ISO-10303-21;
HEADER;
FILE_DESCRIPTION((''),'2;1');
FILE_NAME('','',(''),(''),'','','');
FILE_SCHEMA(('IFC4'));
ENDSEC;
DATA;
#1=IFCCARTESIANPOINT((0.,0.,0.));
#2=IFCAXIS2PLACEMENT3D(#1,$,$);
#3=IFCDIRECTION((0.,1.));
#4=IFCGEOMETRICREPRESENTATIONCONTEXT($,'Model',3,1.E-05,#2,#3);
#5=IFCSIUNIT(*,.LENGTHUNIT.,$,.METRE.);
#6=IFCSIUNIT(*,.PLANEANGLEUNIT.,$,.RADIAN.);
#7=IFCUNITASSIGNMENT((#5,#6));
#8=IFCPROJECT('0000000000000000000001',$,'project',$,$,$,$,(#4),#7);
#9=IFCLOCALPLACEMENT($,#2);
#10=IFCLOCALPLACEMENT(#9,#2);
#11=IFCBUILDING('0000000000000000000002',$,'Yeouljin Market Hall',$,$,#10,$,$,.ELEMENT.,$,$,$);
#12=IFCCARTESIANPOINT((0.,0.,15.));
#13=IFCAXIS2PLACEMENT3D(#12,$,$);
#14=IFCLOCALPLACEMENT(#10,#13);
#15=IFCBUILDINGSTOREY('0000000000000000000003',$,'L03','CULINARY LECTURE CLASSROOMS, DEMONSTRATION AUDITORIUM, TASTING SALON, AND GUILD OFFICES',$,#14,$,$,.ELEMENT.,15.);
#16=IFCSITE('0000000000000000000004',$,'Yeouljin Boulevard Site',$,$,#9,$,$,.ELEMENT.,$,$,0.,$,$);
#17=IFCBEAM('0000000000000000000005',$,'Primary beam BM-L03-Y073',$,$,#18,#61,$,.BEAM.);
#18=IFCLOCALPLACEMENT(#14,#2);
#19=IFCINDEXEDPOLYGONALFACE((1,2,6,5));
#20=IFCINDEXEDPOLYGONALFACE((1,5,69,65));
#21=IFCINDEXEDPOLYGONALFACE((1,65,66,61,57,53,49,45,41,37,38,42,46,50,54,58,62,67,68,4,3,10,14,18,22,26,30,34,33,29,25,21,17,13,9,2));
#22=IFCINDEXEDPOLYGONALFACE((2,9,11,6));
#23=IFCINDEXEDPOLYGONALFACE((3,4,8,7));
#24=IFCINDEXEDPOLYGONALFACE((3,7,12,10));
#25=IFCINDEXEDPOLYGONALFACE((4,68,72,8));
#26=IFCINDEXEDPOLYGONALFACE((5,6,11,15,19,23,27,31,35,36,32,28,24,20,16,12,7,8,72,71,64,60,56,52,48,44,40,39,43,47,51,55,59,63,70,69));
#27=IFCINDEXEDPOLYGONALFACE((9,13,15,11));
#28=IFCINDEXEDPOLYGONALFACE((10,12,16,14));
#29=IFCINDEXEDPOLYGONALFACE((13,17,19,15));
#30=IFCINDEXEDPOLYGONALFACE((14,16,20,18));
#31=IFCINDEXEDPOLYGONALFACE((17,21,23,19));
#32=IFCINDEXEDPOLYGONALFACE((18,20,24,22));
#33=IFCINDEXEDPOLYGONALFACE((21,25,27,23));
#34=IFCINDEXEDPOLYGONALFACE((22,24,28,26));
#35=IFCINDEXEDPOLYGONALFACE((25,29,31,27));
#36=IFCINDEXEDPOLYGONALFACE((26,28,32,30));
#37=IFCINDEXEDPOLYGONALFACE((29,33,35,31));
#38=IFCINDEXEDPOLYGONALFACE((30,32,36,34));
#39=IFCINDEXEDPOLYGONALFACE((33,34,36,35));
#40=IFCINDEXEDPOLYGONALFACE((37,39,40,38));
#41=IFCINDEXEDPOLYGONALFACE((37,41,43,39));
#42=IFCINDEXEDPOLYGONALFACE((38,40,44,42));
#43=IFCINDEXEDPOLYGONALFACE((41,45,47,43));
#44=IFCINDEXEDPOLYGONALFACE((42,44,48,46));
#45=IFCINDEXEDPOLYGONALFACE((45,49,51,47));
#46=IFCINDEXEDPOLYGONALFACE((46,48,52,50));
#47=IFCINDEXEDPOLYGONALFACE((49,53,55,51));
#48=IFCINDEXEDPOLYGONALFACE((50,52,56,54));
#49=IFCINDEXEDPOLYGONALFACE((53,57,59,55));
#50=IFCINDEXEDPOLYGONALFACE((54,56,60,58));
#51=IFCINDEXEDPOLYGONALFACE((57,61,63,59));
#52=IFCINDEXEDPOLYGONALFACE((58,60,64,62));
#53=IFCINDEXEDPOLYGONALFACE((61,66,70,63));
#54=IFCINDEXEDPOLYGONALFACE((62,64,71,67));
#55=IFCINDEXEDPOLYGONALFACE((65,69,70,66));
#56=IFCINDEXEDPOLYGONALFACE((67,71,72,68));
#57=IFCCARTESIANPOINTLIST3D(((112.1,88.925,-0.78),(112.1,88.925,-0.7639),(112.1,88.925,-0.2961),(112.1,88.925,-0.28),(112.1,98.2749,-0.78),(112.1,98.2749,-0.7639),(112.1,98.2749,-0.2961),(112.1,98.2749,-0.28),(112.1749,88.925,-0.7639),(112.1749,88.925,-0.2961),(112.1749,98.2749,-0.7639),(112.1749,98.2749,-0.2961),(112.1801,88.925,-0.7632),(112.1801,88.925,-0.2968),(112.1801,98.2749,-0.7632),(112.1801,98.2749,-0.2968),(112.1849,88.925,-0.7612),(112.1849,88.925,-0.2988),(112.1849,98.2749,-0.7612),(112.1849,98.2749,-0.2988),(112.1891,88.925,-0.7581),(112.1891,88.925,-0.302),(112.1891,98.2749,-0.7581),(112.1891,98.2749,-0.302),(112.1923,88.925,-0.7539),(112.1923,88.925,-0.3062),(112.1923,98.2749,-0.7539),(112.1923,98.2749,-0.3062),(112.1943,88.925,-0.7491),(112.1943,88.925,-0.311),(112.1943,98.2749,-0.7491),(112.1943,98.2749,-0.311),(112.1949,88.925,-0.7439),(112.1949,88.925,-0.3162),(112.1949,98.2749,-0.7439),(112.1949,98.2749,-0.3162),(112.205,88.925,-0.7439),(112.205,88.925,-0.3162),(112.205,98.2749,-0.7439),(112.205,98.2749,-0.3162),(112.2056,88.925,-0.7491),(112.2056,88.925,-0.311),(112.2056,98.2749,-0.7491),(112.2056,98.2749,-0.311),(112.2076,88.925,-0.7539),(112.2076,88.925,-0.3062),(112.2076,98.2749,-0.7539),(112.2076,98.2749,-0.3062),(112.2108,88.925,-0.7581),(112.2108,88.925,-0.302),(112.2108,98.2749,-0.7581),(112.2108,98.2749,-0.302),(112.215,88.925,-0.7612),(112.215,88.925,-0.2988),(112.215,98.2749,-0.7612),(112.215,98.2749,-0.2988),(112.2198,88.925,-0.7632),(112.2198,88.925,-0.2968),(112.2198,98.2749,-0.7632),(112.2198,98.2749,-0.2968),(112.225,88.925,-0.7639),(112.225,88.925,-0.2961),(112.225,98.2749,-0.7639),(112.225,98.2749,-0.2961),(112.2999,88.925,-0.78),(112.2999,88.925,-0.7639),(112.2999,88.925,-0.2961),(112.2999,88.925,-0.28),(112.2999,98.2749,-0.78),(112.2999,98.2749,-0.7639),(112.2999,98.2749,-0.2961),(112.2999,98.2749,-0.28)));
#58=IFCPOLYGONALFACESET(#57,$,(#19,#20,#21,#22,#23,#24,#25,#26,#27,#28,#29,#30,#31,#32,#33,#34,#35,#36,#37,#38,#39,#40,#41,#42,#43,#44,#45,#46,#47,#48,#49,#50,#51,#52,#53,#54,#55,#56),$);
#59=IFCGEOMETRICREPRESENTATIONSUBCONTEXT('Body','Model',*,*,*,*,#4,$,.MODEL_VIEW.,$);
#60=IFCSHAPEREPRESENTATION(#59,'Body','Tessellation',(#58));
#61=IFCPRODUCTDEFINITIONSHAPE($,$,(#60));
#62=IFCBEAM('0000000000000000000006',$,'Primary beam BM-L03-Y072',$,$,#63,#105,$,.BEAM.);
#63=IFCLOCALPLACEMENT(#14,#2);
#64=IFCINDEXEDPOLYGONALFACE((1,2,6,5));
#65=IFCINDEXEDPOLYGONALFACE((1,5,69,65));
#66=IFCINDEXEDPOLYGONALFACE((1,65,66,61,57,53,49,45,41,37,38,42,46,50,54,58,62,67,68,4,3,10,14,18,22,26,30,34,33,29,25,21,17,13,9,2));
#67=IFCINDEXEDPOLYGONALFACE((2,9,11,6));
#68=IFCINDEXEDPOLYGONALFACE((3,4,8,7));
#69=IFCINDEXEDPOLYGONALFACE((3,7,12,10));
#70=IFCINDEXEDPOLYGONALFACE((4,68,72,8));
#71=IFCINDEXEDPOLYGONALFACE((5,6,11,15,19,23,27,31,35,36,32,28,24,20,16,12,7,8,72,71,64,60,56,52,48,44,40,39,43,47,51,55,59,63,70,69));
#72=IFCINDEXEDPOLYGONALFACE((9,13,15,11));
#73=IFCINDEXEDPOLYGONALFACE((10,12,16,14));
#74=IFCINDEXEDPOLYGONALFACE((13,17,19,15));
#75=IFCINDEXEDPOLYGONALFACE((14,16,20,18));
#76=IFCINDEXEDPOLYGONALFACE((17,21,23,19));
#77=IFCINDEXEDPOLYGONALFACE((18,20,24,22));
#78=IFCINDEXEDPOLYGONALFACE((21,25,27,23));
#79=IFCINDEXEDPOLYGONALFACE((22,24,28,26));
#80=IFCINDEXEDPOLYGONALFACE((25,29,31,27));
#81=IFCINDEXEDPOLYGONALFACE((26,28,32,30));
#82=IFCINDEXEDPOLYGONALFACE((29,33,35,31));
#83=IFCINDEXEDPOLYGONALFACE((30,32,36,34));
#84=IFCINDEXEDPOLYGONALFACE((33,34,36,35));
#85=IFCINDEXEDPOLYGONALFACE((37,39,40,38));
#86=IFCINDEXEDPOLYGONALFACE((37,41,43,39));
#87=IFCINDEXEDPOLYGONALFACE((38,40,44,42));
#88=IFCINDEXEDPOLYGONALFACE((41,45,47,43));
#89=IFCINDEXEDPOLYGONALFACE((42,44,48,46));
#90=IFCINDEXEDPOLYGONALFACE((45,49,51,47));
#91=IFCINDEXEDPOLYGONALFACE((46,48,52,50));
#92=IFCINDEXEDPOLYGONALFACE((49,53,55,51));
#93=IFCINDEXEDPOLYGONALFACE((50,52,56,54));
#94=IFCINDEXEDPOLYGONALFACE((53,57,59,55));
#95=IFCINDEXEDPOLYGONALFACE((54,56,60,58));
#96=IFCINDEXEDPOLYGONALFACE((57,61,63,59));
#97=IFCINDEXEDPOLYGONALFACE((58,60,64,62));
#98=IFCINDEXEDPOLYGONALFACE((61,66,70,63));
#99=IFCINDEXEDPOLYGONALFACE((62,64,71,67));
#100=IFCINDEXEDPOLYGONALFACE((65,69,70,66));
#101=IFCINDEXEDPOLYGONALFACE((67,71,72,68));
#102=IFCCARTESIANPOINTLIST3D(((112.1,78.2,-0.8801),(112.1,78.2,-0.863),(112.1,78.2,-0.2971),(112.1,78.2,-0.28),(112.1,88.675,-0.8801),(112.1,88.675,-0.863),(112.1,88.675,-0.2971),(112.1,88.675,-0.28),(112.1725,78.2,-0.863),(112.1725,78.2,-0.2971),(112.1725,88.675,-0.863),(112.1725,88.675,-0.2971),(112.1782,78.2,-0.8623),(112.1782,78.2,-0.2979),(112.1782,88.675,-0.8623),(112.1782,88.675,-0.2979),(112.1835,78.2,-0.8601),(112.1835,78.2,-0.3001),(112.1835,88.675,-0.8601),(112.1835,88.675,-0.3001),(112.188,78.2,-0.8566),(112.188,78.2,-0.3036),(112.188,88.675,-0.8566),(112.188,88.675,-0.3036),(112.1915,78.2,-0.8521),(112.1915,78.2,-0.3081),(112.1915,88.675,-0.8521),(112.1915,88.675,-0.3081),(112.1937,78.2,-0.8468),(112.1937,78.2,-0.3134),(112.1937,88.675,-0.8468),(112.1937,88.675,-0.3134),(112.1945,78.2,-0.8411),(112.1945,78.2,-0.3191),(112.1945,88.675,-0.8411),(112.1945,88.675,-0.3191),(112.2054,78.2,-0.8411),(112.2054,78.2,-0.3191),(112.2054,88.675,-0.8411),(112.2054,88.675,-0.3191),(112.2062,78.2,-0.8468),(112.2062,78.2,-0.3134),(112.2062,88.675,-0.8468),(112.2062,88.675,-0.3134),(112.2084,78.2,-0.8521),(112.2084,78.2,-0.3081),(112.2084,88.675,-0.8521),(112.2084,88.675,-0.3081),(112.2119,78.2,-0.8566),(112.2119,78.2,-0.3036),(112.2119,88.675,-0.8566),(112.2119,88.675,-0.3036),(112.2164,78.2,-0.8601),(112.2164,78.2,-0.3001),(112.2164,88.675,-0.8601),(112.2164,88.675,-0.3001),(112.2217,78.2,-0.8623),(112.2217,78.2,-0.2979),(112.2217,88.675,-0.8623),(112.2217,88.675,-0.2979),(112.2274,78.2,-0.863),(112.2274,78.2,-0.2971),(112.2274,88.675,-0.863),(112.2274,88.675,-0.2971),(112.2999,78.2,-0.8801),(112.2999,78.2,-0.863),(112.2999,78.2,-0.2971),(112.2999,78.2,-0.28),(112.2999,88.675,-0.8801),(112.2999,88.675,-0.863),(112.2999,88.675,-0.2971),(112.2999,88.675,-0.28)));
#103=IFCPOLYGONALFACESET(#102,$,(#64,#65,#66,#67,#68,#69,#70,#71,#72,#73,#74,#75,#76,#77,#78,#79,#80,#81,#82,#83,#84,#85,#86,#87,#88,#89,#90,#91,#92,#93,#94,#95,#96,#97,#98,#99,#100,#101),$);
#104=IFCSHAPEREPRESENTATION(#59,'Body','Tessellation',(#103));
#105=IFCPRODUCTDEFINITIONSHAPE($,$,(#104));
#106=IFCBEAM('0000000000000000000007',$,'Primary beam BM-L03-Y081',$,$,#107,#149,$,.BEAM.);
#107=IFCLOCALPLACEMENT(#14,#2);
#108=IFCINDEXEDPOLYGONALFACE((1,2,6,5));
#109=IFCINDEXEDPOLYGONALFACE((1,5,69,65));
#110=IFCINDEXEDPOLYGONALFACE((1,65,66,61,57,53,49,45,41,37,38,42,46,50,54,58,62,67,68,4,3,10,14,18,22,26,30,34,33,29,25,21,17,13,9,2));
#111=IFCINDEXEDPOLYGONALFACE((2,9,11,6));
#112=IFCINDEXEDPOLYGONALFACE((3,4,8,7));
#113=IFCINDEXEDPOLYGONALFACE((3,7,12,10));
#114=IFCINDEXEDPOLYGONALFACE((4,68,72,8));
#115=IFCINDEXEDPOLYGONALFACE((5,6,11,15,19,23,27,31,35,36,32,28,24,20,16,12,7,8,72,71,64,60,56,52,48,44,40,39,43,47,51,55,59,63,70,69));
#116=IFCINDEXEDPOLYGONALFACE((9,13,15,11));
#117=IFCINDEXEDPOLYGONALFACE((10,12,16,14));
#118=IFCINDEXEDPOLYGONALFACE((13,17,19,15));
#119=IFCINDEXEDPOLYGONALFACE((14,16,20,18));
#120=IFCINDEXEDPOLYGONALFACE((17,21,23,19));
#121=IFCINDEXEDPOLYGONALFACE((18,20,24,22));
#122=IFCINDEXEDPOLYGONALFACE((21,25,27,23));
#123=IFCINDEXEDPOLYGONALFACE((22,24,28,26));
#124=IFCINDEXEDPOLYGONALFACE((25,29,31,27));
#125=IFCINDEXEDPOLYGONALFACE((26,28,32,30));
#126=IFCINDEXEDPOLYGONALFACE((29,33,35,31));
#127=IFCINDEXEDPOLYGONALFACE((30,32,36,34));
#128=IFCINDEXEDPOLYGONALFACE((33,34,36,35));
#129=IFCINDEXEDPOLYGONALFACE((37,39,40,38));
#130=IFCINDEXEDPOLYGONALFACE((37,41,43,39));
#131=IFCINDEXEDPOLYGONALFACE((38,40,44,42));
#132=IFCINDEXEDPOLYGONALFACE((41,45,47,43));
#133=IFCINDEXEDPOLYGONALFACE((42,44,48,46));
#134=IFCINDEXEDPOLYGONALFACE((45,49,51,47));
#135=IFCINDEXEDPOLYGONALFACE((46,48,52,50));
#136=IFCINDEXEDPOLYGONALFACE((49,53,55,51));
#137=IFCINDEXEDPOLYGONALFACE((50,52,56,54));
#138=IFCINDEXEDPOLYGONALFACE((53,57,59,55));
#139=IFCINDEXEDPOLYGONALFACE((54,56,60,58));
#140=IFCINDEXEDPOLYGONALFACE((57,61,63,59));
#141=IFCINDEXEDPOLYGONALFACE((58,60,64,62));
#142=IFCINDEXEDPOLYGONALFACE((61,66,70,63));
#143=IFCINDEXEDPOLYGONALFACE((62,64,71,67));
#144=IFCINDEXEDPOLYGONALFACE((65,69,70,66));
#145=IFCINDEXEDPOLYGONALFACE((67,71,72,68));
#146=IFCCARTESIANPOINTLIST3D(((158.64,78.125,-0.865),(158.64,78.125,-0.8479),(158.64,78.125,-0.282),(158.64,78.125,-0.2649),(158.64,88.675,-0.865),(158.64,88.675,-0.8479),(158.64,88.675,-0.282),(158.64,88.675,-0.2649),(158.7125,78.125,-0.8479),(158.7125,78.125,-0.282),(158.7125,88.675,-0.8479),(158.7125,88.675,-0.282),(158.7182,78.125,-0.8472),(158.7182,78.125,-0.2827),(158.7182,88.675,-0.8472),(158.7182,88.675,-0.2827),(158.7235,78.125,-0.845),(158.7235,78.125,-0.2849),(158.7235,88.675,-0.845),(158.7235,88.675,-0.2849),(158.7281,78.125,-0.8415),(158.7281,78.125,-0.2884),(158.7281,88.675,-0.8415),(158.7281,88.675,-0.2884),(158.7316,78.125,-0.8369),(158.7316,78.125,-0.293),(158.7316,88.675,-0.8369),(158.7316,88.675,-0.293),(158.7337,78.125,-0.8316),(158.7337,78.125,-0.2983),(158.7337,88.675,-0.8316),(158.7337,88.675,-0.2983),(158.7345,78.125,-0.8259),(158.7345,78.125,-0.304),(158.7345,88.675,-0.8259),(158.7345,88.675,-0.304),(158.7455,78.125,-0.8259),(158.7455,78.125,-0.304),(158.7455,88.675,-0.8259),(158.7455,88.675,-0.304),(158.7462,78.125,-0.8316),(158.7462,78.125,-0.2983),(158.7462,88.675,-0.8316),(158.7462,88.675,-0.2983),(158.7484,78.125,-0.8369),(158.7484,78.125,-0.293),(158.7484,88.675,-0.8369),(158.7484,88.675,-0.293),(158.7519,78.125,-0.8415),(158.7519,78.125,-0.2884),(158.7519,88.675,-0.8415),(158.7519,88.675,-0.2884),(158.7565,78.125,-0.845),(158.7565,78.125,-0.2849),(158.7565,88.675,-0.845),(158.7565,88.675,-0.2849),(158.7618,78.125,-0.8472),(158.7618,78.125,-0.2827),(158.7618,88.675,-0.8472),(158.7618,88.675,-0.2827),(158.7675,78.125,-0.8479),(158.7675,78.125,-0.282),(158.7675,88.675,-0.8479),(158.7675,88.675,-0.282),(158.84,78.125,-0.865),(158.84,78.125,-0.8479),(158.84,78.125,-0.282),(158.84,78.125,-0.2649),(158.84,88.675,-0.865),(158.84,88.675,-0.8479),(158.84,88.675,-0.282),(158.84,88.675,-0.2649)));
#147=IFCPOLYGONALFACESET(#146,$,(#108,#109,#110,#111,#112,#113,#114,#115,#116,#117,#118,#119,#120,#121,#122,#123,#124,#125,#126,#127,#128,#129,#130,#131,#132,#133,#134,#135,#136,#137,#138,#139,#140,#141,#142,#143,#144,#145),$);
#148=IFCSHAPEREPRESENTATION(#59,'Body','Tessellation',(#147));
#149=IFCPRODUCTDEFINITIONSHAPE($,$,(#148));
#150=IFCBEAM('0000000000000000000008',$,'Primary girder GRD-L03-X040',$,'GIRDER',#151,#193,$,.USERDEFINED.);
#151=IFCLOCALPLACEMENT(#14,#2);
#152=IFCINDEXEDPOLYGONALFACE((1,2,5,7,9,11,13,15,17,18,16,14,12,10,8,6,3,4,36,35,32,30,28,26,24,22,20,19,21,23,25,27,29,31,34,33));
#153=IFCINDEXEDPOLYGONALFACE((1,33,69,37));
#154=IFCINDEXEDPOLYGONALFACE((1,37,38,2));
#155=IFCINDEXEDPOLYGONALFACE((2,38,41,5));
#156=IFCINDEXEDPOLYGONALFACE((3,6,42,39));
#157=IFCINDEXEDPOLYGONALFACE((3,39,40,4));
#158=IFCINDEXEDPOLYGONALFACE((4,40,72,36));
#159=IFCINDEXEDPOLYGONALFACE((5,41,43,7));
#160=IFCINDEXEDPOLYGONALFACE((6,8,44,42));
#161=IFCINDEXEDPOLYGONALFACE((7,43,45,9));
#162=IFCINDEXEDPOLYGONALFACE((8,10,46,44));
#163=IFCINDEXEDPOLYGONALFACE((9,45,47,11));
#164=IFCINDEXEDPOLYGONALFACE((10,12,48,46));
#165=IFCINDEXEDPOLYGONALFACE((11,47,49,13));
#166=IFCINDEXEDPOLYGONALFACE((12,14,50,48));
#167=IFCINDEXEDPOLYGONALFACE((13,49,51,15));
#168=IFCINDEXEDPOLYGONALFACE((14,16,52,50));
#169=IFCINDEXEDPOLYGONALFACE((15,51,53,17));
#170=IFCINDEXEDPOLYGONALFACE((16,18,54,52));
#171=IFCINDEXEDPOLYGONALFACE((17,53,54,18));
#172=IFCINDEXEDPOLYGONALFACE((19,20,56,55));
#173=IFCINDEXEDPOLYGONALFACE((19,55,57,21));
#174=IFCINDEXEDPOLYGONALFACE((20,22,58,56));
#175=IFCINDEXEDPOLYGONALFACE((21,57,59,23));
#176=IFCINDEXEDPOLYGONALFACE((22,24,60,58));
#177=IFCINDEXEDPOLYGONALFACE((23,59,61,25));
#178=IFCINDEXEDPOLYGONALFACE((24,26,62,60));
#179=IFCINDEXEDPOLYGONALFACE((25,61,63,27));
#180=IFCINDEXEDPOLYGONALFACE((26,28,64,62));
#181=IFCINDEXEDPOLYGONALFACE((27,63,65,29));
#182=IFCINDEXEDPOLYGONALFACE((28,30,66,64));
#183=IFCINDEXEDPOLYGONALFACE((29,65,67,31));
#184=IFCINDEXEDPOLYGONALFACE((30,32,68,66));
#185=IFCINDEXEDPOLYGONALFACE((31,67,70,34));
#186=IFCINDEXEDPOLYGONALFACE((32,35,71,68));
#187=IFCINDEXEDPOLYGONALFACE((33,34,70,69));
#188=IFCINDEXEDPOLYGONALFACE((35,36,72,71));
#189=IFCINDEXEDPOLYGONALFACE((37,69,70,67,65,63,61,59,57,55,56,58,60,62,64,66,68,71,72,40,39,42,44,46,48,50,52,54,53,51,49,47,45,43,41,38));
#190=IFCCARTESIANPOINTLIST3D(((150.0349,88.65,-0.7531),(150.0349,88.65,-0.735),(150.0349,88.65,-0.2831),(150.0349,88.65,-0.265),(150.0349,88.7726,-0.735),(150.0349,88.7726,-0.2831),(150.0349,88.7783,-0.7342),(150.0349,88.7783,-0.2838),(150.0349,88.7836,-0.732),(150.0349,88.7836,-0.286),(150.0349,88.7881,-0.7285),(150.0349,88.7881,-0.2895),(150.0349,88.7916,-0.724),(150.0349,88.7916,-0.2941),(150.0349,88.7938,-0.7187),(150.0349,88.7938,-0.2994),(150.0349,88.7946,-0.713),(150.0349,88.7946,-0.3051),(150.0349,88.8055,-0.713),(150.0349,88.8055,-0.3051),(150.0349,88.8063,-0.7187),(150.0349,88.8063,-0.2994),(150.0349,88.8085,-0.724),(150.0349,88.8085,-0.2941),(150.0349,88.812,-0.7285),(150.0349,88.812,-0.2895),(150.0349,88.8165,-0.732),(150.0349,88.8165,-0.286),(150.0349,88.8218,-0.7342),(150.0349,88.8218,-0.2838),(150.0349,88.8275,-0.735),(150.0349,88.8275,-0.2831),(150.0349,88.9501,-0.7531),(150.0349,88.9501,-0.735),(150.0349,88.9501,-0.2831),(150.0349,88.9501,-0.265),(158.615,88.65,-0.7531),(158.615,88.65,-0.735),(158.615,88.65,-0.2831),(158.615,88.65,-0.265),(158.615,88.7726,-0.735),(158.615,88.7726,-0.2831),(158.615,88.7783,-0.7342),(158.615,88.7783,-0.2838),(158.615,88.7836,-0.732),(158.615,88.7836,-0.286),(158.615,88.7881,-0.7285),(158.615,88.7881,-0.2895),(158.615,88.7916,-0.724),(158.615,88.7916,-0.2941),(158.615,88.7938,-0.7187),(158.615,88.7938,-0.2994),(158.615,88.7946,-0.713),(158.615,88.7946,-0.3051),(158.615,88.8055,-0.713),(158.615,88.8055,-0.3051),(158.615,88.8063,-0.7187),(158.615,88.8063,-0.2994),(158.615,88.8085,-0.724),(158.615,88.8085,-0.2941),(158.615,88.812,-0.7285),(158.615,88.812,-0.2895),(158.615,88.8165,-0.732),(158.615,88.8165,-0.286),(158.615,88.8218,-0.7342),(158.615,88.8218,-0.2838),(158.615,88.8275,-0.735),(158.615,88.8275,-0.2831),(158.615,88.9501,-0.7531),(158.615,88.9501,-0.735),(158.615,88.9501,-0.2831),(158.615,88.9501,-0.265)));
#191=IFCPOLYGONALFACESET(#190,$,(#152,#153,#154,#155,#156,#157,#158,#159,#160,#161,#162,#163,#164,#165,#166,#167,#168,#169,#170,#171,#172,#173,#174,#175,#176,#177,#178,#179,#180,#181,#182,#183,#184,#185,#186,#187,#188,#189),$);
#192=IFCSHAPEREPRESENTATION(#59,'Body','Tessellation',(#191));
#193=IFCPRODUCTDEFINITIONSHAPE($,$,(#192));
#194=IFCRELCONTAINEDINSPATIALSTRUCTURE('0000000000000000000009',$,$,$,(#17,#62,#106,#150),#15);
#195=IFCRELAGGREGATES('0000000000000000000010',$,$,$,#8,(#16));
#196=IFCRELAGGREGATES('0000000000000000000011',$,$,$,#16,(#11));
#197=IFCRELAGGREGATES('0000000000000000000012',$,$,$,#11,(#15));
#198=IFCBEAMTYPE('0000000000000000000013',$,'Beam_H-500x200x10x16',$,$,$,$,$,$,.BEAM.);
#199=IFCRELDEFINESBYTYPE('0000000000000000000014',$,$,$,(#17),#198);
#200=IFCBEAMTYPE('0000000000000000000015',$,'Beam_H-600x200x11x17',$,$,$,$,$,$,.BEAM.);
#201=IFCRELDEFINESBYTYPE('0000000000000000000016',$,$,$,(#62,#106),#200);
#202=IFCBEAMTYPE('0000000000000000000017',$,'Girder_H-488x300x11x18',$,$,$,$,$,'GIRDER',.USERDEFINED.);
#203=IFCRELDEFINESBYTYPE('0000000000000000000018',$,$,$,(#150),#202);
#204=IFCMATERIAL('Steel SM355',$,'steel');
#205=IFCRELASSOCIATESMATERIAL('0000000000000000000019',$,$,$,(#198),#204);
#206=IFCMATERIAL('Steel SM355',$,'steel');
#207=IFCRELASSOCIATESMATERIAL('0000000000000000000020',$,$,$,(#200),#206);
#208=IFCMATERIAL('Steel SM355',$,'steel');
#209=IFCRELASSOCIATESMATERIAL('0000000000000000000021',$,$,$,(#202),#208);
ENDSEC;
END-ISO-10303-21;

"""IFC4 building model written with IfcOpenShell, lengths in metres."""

from ifc_helpers import new_model, si_unit, direction, frame, origin, origin_2d, place, context, subcontext, project, spatial, i_section, extrude, material, material_profile, profile_set, type_object, element, save


model = new_model("IFC4")

# Units and contexts
model_context = context("Model", 3, precision=1e-05, world=origin(), true_north=direction((0.0, 1.0)))
body_context = subcontext(model_context, "Body", "Model", "MODEL_VIEW")
ifc_project = project(units=[si_unit("LENGTHUNIT", "METRE"), si_unit("PLANEANGLEUNIT", "RADIAN")], contexts=[model_context])

# Site, building, storey
site_placement = place(None, origin())
site = spatial("IfcSite", under=ifc_project, at=site_placement, Name="Yeouljin Boulevard Site", CompositionType="ELEMENT", RefElevation=0.0)
building_placement = place(site_placement, origin())
building = spatial("IfcBuilding", under=site, at=building_placement, Name="Yeouljin Market Hall", CompositionType="ELEMENT")
storey_placement = place(building_placement, frame((0.0, 0.0, 15.0)))
storey = spatial("IfcBuildingStorey", under=building, at=storey_placement, Name="L03", Description="CULINARY LECTURE CLASSROOMS, DEMONSTRATION AUDITORIUM, TASTING SALON, AND GUILD OFFICES", CompositionType="ELEMENT", Elevation=15.0)

# Beams
ifc_material_1 = material(Name="Steel SM355", Category="steel")
ifc_material_profile_1 = material_profile(ifc_material_1, i_section(OverallWidth=0.2, OverallDepth=0.5, WebThickness=0.01, FlangeThickness=0.0161, FilletRadius=0.02, at=origin_2d()), Name="H-500x200x10x16")
ifc_profile_set_1 = profile_set([ifc_material_profile_1], Name="Steel SM355")
beam_type_1 = type_object("IfcBeamType", Name="Beam_H-500x200x10x16", PredefinedType="BEAM", material=ifc_profile_set_1)
beam_1_placement = place(storey_placement, frame((112.2, 88.925, -0.53), z_axis=(0.0, 1.0, 0.0), x_axis=(-1.0, 0.0, 0.0)))
element("IfcBeam", 1, at=beam_1_placement, inside=storey, type_object=beam_type_1, Name="Primary beam BM-L03-Y073", PredefinedType="BEAM", context=body_context, shape_type="SweptSolid", body=[
    extrude(i_section(OverallWidth=0.2, OverallDepth=0.5, WebThickness=0.01, FlangeThickness=0.0161, FilletRadius=0.02, at=origin_2d()), origin(), (0.0, 0.0, 1.0), 9.3499),
])
ifc_material_2 = material(Name="Steel SM355", Category="steel")
ifc_material_profile_2 = material_profile(ifc_material_2, i_section(OverallWidth=0.2, OverallDepth=0.6001, WebThickness=0.011, FlangeThickness=0.0171, FilletRadius=0.022, at=origin_2d()), Name="H-600x200x11x17")
ifc_profile_set_2 = profile_set([ifc_material_profile_2], Name="Steel SM355")
beam_type_2 = type_object("IfcBeamType", Name="Beam_H-600x200x11x17", PredefinedType="BEAM", material=ifc_profile_set_2)
beam_2_placement = place(storey_placement, frame((112.2, 78.2, -0.5801), z_axis=(0.0, 1.0, 0.0), x_axis=(-1.0, 0.0, 0.0)))
element("IfcBeam", 2, at=beam_2_placement, inside=storey, type_object=beam_type_2, Name="Primary beam BM-L03-Y072", PredefinedType="BEAM", context=body_context, shape_type="SweptSolid", body=[
    extrude(i_section(OverallWidth=0.2, OverallDepth=0.6001, WebThickness=0.011, FlangeThickness=0.0171, FilletRadius=0.022, at=origin_2d()), origin(), (0.0, 0.0, 1.0), 10.4751),
])
beam_3_placement = place(storey_placement, frame((158.74, 78.125, -0.5649), z_axis=(0.0, 1.0, 0.0), x_axis=(-1.0, 0.0, 0.0)))
element("IfcBeam", 3, at=beam_3_placement, inside=storey, type_object=beam_type_2, Name="Primary beam BM-L03-Y081", PredefinedType="BEAM", context=body_context, shape_type="SweptSolid", body=[
    extrude(i_section(OverallWidth=0.2, OverallDepth=0.6001, WebThickness=0.011, FlangeThickness=0.0171, FilletRadius=0.022, at=origin_2d()), origin(), (0.0, 0.0, 1.0), 10.55),
])
ifc_material_3 = material(Name="Steel SM355", Category="steel")
ifc_material_profile_3 = material_profile(ifc_material_3, i_section(OverallWidth=0.3, OverallDepth=0.488, WebThickness=0.011, FlangeThickness=0.0181, FilletRadius=0.022, at=origin_2d()), Name="H-488x300x11x18")
ifc_profile_set_3 = profile_set([ifc_material_profile_3], Name="Steel SM355")
beam_type_3 = type_object("IfcBeamType", Name="Girder_H-488x300x11x18", ElementType="GIRDER", PredefinedType="USERDEFINED", material=ifc_profile_set_3)
beam_4_placement = place(storey_placement, frame((150.0349, 88.8, -0.509), z_axis=(1.0, 0.0, 0.0), x_axis=(0.0, 1.0, 0.0)))
element("IfcBeam", 4, at=beam_4_placement, inside=storey, type_object=beam_type_3, Name="Primary girder GRD-L03-X040", ObjectType="GIRDER", PredefinedType="USERDEFINED", context=body_context, shape_type="SweptSolid", body=[
    extrude(i_section(OverallWidth=0.3, OverallDepth=0.488, WebThickness=0.011, FlangeThickness=0.0181, FilletRadius=0.022, at=origin_2d()), origin(), (0.0, 0.0, 1.0), 8.5801),
])

save(model, "model.ifc")
